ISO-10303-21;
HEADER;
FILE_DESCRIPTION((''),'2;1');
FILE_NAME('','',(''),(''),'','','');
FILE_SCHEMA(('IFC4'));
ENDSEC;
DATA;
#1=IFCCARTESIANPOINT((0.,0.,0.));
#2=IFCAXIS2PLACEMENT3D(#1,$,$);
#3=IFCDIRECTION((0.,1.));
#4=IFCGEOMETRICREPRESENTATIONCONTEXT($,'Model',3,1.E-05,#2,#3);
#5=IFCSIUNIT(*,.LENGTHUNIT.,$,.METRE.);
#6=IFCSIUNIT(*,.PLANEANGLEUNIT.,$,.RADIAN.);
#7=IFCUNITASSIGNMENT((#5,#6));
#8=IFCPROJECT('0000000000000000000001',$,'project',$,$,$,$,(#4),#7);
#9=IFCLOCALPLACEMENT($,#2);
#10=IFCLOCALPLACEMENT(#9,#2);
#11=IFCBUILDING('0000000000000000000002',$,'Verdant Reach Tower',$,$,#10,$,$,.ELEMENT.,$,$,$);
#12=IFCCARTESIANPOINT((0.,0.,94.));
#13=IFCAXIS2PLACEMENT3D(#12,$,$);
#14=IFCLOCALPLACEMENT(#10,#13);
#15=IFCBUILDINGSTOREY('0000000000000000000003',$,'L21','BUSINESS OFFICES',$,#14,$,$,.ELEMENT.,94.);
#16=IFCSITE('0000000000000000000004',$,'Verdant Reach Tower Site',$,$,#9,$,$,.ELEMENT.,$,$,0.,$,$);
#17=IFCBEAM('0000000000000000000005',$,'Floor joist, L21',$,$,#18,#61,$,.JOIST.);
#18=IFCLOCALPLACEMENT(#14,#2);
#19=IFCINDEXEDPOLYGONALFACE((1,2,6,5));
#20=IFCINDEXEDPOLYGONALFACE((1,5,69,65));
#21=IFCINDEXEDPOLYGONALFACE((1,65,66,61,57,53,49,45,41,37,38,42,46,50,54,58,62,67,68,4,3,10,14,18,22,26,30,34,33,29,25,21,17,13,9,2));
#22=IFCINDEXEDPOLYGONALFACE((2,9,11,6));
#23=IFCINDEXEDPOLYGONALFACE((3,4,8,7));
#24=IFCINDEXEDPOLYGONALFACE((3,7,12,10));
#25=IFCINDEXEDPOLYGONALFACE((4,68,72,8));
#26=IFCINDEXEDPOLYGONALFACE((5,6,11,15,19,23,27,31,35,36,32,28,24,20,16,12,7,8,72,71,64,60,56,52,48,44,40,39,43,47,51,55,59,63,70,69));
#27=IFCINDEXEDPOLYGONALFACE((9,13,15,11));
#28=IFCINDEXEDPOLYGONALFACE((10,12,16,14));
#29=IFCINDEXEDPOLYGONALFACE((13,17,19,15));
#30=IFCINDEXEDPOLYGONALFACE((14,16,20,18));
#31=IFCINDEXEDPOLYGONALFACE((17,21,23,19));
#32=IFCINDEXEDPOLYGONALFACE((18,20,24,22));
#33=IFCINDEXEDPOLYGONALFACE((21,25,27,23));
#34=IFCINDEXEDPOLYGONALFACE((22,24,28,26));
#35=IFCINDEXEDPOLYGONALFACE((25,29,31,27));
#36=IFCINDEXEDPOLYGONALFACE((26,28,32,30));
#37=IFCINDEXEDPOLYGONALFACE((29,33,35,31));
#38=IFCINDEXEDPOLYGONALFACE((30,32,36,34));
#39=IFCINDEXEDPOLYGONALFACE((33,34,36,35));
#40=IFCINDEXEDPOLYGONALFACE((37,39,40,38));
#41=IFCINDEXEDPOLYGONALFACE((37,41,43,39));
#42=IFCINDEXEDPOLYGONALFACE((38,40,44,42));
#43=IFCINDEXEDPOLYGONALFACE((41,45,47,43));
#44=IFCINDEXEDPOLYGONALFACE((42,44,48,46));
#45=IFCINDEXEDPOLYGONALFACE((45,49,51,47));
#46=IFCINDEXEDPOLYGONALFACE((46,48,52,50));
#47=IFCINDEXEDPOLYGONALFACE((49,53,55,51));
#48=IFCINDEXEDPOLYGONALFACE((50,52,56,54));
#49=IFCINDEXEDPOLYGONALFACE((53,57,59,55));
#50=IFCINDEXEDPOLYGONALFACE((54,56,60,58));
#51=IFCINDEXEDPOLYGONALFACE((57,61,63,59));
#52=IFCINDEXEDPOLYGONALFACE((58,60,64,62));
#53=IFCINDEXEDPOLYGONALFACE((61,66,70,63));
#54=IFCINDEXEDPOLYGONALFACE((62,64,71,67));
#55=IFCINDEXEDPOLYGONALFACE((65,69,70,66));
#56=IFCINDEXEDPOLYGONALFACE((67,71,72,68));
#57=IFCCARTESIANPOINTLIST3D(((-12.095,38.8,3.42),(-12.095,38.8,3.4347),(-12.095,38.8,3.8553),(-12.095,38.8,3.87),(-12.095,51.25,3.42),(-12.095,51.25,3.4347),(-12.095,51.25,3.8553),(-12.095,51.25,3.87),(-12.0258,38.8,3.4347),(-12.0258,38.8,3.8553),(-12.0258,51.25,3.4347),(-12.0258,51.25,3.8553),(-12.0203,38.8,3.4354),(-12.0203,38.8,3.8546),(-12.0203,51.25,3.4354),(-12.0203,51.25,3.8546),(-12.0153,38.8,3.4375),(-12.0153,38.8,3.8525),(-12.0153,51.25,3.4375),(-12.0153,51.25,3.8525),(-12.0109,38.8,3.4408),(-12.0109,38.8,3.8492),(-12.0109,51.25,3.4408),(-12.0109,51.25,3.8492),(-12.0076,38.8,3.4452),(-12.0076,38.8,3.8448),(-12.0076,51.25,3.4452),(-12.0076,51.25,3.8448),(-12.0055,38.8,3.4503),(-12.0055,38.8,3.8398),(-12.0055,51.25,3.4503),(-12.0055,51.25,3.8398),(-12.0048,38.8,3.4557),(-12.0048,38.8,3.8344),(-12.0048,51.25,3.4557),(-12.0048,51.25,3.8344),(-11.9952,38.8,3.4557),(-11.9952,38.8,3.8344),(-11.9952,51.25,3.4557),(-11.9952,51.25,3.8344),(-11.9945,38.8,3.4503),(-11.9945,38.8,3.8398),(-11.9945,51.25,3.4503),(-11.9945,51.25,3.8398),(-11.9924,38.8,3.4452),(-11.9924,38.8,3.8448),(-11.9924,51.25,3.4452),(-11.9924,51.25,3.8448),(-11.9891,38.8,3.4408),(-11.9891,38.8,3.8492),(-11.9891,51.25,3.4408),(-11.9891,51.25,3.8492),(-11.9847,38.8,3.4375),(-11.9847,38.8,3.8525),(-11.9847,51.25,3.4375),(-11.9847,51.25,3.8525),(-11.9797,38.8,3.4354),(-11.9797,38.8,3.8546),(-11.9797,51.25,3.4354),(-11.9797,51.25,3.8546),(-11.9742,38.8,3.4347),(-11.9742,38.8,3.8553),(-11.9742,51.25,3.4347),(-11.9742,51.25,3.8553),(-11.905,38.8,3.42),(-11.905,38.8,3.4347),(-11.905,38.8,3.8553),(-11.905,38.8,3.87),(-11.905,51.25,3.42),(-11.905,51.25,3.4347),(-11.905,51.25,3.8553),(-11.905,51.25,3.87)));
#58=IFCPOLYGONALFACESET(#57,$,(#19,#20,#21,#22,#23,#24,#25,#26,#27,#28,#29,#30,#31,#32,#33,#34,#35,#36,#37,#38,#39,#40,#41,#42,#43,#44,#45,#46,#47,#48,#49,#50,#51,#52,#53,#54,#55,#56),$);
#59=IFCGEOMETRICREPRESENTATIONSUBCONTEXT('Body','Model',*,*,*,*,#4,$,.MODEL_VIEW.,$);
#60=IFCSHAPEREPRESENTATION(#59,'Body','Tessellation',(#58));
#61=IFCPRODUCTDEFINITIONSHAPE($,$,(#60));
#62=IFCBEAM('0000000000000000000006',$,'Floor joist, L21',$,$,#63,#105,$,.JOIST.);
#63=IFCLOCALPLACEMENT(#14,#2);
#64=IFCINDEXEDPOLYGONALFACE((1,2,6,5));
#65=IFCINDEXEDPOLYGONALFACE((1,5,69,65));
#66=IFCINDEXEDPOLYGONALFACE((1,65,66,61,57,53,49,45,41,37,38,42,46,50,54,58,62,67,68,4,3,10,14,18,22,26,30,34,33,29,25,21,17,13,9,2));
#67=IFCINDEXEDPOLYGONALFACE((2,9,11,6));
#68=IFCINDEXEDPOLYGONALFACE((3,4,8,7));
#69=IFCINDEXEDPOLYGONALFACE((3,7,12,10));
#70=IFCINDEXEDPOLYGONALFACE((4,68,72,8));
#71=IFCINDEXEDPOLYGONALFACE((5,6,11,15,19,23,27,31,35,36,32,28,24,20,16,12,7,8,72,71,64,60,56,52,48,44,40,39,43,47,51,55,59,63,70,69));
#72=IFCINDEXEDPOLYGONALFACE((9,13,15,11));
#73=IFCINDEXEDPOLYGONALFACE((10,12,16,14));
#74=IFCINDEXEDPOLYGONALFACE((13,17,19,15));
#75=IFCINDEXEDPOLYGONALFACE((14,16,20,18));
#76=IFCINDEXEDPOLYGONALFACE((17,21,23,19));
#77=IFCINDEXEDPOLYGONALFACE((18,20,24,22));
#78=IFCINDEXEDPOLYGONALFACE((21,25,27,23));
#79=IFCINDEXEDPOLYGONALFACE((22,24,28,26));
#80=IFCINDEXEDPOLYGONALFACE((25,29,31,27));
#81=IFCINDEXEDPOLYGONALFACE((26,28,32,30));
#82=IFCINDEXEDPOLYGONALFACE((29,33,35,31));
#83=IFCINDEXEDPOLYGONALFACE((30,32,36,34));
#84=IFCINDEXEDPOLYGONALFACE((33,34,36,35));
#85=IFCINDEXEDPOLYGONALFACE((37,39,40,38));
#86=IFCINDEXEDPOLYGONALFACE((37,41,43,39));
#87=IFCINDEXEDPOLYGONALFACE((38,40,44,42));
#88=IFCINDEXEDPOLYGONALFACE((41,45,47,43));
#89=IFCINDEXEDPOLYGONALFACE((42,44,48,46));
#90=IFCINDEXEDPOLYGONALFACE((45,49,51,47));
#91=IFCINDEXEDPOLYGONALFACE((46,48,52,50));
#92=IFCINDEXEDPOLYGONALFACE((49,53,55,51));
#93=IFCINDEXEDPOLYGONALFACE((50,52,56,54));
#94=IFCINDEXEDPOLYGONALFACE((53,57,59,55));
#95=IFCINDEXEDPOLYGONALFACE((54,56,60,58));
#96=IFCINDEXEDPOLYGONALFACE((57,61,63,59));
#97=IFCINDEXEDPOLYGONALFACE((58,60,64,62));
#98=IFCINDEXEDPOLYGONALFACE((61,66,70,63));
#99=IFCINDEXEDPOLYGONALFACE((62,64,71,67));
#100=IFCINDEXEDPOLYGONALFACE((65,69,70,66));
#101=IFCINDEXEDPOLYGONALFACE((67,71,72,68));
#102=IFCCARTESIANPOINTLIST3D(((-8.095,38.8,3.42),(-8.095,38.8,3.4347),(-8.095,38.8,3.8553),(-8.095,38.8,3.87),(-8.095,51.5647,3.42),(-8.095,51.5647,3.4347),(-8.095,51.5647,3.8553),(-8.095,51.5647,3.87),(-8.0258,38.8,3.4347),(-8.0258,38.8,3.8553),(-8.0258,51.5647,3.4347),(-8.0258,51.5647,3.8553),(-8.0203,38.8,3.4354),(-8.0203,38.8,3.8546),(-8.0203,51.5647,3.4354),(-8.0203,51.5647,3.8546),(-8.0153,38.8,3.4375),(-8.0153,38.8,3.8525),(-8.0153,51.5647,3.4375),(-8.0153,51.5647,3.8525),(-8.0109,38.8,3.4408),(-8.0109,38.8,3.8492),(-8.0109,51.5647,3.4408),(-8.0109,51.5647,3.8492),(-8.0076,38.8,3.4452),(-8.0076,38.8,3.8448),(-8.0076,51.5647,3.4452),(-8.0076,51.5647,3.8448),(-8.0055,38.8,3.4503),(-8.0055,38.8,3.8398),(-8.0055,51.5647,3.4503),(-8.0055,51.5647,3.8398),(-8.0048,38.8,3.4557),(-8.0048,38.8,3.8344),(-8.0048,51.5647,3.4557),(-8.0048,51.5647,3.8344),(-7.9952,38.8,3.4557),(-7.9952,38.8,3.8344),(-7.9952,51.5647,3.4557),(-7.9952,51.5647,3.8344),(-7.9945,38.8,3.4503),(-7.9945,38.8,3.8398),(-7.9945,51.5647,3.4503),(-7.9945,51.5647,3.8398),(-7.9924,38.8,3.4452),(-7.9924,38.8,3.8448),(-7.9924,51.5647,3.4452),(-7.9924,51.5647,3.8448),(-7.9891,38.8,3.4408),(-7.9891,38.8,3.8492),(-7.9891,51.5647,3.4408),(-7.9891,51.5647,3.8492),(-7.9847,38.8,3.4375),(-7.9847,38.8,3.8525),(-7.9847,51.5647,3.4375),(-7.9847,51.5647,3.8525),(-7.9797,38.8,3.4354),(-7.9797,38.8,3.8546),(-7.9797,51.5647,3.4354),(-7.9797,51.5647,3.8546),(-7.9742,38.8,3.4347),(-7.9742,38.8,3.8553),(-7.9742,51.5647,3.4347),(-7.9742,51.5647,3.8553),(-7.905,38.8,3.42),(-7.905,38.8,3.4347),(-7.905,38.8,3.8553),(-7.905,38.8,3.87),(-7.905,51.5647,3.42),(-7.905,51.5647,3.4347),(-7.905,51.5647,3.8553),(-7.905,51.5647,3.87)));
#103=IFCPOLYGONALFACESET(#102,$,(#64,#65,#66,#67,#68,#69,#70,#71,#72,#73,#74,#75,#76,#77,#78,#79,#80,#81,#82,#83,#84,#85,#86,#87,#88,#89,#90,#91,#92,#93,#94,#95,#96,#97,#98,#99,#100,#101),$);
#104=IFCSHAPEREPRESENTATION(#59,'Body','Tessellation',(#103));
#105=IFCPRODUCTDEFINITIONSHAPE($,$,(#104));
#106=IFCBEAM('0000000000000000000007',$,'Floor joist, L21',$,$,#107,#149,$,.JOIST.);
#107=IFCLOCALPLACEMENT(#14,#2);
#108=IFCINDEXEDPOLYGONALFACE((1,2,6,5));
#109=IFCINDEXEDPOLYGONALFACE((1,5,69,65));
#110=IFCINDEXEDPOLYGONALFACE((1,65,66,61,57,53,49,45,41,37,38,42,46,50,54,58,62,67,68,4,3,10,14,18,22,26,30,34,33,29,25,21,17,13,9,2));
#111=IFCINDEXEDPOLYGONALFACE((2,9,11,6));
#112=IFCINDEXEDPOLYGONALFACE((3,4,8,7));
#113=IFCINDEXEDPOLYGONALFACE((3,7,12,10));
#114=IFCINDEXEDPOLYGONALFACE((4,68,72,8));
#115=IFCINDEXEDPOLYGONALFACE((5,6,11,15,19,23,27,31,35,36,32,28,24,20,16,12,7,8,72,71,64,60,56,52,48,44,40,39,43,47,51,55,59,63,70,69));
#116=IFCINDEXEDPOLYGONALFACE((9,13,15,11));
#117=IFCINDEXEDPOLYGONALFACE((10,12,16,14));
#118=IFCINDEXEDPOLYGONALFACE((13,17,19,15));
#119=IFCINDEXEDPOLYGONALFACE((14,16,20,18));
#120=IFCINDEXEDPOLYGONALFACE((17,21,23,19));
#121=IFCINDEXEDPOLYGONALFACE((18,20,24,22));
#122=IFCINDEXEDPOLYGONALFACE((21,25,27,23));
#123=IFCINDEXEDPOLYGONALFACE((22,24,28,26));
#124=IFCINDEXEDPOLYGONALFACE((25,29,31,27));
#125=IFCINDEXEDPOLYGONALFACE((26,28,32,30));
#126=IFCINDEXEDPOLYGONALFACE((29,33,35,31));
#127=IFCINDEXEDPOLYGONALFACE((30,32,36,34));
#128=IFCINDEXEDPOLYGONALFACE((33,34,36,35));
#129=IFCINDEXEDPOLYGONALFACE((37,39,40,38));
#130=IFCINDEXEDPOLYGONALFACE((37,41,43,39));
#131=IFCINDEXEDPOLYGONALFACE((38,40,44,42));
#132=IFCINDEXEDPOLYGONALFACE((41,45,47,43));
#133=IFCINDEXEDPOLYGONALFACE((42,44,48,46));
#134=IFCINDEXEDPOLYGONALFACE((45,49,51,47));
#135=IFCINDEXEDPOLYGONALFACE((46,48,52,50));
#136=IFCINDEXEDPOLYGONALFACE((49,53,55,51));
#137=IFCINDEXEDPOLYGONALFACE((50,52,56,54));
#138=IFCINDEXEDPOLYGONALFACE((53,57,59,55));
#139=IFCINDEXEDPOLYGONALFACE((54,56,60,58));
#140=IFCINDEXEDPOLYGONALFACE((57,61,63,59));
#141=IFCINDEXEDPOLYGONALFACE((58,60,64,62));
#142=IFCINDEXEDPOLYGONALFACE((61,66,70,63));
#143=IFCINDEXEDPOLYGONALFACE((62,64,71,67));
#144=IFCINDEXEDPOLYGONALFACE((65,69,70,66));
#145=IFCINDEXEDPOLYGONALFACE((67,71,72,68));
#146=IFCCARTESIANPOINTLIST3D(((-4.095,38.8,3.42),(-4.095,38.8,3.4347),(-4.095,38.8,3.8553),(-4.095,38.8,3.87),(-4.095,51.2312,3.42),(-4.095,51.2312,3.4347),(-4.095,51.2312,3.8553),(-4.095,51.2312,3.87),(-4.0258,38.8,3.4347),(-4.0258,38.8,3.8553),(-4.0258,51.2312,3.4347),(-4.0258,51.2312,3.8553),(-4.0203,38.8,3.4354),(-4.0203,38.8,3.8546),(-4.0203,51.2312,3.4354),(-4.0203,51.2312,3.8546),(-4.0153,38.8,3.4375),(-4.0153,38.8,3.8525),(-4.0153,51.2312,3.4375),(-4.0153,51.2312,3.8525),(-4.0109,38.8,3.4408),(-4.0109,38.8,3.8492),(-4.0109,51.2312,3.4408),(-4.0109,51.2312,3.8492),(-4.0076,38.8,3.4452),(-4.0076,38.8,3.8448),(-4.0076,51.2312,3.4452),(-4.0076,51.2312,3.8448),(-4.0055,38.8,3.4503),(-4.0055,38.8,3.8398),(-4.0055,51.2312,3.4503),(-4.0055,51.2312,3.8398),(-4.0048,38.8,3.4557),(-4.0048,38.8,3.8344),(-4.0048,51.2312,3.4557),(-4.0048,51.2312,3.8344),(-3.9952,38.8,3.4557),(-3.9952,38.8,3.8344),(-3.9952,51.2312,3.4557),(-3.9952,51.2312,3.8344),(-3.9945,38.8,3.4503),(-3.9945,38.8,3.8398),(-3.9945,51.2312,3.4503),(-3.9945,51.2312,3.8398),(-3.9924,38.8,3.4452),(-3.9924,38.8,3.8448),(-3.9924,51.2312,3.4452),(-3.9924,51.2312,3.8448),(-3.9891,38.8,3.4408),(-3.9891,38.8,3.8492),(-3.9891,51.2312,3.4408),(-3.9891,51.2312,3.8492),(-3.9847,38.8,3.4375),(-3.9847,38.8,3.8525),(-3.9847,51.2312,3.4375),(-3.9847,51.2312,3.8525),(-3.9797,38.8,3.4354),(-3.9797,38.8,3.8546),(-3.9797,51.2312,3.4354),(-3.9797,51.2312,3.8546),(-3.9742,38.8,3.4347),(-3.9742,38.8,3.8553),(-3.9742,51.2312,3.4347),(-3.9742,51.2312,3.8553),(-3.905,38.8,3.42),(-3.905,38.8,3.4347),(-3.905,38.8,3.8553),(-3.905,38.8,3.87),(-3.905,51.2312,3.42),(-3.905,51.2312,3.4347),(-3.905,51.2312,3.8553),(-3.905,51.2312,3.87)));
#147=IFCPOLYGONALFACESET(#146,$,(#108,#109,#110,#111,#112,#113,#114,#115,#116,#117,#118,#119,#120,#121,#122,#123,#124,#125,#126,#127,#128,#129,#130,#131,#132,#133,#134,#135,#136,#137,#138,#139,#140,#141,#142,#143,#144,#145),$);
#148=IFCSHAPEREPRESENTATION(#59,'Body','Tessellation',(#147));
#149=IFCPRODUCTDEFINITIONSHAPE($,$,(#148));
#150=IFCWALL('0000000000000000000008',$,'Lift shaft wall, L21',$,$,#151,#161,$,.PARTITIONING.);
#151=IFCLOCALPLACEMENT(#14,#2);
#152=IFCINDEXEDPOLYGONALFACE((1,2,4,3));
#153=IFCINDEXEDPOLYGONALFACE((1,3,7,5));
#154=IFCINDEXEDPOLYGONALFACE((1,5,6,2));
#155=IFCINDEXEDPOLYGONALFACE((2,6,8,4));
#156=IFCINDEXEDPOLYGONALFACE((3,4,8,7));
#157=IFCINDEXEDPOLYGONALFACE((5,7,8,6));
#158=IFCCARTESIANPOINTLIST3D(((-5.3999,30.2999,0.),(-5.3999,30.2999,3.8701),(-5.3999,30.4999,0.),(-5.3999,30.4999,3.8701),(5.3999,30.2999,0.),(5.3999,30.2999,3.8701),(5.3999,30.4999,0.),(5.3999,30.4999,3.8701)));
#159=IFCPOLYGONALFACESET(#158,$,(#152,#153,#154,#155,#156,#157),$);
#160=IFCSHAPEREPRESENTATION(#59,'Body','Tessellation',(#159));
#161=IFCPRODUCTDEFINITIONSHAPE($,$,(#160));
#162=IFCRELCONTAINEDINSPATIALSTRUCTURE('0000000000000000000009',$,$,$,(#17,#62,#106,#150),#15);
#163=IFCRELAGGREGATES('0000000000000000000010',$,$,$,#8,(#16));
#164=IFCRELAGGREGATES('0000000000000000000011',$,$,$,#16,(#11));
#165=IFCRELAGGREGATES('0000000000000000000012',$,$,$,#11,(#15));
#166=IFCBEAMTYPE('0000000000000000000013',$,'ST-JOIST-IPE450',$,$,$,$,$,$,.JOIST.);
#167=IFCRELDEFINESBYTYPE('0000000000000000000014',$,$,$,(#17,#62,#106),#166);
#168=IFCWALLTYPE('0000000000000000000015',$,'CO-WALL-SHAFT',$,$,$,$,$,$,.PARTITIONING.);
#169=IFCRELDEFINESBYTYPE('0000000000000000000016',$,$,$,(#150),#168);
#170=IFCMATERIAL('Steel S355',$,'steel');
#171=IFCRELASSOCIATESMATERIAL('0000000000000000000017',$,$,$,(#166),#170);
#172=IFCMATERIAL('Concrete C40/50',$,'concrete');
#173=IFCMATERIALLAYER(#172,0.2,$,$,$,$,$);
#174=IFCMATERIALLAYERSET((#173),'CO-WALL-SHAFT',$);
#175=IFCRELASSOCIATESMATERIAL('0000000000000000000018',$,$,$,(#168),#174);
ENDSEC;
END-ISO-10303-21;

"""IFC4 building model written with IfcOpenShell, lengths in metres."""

from ifc_helpers import new_model, si_unit, direction, frame, frame_2d, origin, origin_2d, place, context, subcontext, project, spatial, rectangle, i_section, extrude, material, layer, layer_set, material_profile, profile_set, type_object, element, save


model = new_model("IFC4")

# Units and contexts
model_context = context("Model", 3, precision=1e-05, world=origin(), true_north=direction((0.0, 1.0)))
body_context = subcontext(model_context, "Body", "Model", "MODEL_VIEW")
ifc_project = project(units=[si_unit("LENGTHUNIT", "METRE"), si_unit("PLANEANGLEUNIT", "RADIAN")], contexts=[model_context])

# Site, building, storey
site_placement = place(None, origin())
site = spatial("IfcSite", under=ifc_project, at=site_placement, Name="Verdant Reach Tower Site", CompositionType="ELEMENT", RefElevation=0.0)
building_placement = place(site_placement, origin())
building = spatial("IfcBuilding", under=site, at=building_placement, Name="Verdant Reach Tower", CompositionType="ELEMENT")
storey_placement = place(building_placement, frame((0.0, 0.0, 94.0)))
storey = spatial("IfcBuildingStorey", under=building, at=storey_placement, Name="L21", Description="BUSINESS OFFICES", CompositionType="ELEMENT", Elevation=94.0)

# Beams
ifc_material_1 = material(Name="Steel S355", Category="steel")
ifc_material_profile_1 = material_profile(ifc_material_1, i_section(OverallWidth=0.1899, OverallDepth=0.45, WebThickness=0.0095, FlangeThickness=0.0146, FilletRadius=0.021, at=origin_2d()), Name="IPE 450")
ifc_profile_set_1 = profile_set([ifc_material_profile_1], Name="Steel S355")
beam_type_1 = type_object("IfcBeamType", Name="ST-JOIST-IPE450", PredefinedType="JOIST", material=ifc_profile_set_1)
beam_1_placement = place(storey_placement, frame((-12.0, 38.8, 3.645), z_axis=(0.0, 1.0, 0.0), x_axis=(-1.0, 0.0, 0.0)))
element("IfcBeam", 1, at=beam_1_placement, inside=storey, type_object=beam_type_1, Name="Floor joist, L21", PredefinedType="JOIST", context=body_context, shape_type="SweptSolid", body=[
    extrude(i_section(OverallWidth=0.1899, OverallDepth=0.45, WebThickness=0.0095, FlangeThickness=0.0146, FilletRadius=0.021, at=origin_2d()), origin(), (0.0, 0.0, 1.0), 12.45),
])
beam_2_placement = place(storey_placement, frame((-8.0, 38.8, 3.645), z_axis=(0.0, 1.0, 0.0), x_axis=(-1.0, 0.0, 0.0)))
element("IfcBeam", 2, at=beam_2_placement, inside=storey, type_object=beam_type_1, Name="Floor joist, L21", PredefinedType="JOIST", context=body_context, shape_type="SweptSolid", body=[
    extrude(i_section(OverallWidth=0.1899, OverallDepth=0.45, WebThickness=0.0095, FlangeThickness=0.0146, FilletRadius=0.021, at=origin_2d()), origin(), (0.0, 0.0, 1.0), 12.7646),
])
beam_3_placement = place(storey_placement, frame((-4.0, 38.8, 3.645), z_axis=(0.0, 1.0, 0.0), x_axis=(-1.0, 0.0, 0.0)))
element("IfcBeam", 3, at=beam_3_placement, inside=storey, type_object=beam_type_1, Name="Floor joist, L21", PredefinedType="JOIST", context=body_context, shape_type="SweptSolid", body=[
    extrude(i_section(OverallWidth=0.1899, OverallDepth=0.45, WebThickness=0.0095, FlangeThickness=0.0146, FilletRadius=0.021, at=origin_2d()), origin(), (0.0, 0.0, 1.0), 12.4312),
])

# Wall
ifc_material_2 = material(Name="Concrete C40/50", Category="concrete")
ifc_layer_1 = layer(ifc_material_2, 0.2)
ifc_layer_set_1 = layer_set([ifc_layer_1], Name="CO-WALL-SHAFT")
wall_type_1 = type_object("IfcWallType", Name="CO-WALL-SHAFT", PredefinedType="PARTITIONING", material=ifc_layer_set_1)
wall_1_placement = place(storey_placement, frame((-5.3999, 30.3999, 0.0), z_axis=(0.0, 0.0, 1.0), x_axis=(1.0, 0.0, 0.0)))
element("IfcWall", 4, at=wall_1_placement, inside=storey, type_object=wall_type_1, Name="Lift shaft wall, L21", PredefinedType="PARTITIONING", context=body_context, shape_type="SweptSolid", body=[
    extrude(rectangle(XDim=10.7998, YDim=0.2, at=frame_2d((5.3999, 0.0))), origin(), (0.0, 0.0, 1.0), 3.8701),
])

save(model, "model.ifc")
